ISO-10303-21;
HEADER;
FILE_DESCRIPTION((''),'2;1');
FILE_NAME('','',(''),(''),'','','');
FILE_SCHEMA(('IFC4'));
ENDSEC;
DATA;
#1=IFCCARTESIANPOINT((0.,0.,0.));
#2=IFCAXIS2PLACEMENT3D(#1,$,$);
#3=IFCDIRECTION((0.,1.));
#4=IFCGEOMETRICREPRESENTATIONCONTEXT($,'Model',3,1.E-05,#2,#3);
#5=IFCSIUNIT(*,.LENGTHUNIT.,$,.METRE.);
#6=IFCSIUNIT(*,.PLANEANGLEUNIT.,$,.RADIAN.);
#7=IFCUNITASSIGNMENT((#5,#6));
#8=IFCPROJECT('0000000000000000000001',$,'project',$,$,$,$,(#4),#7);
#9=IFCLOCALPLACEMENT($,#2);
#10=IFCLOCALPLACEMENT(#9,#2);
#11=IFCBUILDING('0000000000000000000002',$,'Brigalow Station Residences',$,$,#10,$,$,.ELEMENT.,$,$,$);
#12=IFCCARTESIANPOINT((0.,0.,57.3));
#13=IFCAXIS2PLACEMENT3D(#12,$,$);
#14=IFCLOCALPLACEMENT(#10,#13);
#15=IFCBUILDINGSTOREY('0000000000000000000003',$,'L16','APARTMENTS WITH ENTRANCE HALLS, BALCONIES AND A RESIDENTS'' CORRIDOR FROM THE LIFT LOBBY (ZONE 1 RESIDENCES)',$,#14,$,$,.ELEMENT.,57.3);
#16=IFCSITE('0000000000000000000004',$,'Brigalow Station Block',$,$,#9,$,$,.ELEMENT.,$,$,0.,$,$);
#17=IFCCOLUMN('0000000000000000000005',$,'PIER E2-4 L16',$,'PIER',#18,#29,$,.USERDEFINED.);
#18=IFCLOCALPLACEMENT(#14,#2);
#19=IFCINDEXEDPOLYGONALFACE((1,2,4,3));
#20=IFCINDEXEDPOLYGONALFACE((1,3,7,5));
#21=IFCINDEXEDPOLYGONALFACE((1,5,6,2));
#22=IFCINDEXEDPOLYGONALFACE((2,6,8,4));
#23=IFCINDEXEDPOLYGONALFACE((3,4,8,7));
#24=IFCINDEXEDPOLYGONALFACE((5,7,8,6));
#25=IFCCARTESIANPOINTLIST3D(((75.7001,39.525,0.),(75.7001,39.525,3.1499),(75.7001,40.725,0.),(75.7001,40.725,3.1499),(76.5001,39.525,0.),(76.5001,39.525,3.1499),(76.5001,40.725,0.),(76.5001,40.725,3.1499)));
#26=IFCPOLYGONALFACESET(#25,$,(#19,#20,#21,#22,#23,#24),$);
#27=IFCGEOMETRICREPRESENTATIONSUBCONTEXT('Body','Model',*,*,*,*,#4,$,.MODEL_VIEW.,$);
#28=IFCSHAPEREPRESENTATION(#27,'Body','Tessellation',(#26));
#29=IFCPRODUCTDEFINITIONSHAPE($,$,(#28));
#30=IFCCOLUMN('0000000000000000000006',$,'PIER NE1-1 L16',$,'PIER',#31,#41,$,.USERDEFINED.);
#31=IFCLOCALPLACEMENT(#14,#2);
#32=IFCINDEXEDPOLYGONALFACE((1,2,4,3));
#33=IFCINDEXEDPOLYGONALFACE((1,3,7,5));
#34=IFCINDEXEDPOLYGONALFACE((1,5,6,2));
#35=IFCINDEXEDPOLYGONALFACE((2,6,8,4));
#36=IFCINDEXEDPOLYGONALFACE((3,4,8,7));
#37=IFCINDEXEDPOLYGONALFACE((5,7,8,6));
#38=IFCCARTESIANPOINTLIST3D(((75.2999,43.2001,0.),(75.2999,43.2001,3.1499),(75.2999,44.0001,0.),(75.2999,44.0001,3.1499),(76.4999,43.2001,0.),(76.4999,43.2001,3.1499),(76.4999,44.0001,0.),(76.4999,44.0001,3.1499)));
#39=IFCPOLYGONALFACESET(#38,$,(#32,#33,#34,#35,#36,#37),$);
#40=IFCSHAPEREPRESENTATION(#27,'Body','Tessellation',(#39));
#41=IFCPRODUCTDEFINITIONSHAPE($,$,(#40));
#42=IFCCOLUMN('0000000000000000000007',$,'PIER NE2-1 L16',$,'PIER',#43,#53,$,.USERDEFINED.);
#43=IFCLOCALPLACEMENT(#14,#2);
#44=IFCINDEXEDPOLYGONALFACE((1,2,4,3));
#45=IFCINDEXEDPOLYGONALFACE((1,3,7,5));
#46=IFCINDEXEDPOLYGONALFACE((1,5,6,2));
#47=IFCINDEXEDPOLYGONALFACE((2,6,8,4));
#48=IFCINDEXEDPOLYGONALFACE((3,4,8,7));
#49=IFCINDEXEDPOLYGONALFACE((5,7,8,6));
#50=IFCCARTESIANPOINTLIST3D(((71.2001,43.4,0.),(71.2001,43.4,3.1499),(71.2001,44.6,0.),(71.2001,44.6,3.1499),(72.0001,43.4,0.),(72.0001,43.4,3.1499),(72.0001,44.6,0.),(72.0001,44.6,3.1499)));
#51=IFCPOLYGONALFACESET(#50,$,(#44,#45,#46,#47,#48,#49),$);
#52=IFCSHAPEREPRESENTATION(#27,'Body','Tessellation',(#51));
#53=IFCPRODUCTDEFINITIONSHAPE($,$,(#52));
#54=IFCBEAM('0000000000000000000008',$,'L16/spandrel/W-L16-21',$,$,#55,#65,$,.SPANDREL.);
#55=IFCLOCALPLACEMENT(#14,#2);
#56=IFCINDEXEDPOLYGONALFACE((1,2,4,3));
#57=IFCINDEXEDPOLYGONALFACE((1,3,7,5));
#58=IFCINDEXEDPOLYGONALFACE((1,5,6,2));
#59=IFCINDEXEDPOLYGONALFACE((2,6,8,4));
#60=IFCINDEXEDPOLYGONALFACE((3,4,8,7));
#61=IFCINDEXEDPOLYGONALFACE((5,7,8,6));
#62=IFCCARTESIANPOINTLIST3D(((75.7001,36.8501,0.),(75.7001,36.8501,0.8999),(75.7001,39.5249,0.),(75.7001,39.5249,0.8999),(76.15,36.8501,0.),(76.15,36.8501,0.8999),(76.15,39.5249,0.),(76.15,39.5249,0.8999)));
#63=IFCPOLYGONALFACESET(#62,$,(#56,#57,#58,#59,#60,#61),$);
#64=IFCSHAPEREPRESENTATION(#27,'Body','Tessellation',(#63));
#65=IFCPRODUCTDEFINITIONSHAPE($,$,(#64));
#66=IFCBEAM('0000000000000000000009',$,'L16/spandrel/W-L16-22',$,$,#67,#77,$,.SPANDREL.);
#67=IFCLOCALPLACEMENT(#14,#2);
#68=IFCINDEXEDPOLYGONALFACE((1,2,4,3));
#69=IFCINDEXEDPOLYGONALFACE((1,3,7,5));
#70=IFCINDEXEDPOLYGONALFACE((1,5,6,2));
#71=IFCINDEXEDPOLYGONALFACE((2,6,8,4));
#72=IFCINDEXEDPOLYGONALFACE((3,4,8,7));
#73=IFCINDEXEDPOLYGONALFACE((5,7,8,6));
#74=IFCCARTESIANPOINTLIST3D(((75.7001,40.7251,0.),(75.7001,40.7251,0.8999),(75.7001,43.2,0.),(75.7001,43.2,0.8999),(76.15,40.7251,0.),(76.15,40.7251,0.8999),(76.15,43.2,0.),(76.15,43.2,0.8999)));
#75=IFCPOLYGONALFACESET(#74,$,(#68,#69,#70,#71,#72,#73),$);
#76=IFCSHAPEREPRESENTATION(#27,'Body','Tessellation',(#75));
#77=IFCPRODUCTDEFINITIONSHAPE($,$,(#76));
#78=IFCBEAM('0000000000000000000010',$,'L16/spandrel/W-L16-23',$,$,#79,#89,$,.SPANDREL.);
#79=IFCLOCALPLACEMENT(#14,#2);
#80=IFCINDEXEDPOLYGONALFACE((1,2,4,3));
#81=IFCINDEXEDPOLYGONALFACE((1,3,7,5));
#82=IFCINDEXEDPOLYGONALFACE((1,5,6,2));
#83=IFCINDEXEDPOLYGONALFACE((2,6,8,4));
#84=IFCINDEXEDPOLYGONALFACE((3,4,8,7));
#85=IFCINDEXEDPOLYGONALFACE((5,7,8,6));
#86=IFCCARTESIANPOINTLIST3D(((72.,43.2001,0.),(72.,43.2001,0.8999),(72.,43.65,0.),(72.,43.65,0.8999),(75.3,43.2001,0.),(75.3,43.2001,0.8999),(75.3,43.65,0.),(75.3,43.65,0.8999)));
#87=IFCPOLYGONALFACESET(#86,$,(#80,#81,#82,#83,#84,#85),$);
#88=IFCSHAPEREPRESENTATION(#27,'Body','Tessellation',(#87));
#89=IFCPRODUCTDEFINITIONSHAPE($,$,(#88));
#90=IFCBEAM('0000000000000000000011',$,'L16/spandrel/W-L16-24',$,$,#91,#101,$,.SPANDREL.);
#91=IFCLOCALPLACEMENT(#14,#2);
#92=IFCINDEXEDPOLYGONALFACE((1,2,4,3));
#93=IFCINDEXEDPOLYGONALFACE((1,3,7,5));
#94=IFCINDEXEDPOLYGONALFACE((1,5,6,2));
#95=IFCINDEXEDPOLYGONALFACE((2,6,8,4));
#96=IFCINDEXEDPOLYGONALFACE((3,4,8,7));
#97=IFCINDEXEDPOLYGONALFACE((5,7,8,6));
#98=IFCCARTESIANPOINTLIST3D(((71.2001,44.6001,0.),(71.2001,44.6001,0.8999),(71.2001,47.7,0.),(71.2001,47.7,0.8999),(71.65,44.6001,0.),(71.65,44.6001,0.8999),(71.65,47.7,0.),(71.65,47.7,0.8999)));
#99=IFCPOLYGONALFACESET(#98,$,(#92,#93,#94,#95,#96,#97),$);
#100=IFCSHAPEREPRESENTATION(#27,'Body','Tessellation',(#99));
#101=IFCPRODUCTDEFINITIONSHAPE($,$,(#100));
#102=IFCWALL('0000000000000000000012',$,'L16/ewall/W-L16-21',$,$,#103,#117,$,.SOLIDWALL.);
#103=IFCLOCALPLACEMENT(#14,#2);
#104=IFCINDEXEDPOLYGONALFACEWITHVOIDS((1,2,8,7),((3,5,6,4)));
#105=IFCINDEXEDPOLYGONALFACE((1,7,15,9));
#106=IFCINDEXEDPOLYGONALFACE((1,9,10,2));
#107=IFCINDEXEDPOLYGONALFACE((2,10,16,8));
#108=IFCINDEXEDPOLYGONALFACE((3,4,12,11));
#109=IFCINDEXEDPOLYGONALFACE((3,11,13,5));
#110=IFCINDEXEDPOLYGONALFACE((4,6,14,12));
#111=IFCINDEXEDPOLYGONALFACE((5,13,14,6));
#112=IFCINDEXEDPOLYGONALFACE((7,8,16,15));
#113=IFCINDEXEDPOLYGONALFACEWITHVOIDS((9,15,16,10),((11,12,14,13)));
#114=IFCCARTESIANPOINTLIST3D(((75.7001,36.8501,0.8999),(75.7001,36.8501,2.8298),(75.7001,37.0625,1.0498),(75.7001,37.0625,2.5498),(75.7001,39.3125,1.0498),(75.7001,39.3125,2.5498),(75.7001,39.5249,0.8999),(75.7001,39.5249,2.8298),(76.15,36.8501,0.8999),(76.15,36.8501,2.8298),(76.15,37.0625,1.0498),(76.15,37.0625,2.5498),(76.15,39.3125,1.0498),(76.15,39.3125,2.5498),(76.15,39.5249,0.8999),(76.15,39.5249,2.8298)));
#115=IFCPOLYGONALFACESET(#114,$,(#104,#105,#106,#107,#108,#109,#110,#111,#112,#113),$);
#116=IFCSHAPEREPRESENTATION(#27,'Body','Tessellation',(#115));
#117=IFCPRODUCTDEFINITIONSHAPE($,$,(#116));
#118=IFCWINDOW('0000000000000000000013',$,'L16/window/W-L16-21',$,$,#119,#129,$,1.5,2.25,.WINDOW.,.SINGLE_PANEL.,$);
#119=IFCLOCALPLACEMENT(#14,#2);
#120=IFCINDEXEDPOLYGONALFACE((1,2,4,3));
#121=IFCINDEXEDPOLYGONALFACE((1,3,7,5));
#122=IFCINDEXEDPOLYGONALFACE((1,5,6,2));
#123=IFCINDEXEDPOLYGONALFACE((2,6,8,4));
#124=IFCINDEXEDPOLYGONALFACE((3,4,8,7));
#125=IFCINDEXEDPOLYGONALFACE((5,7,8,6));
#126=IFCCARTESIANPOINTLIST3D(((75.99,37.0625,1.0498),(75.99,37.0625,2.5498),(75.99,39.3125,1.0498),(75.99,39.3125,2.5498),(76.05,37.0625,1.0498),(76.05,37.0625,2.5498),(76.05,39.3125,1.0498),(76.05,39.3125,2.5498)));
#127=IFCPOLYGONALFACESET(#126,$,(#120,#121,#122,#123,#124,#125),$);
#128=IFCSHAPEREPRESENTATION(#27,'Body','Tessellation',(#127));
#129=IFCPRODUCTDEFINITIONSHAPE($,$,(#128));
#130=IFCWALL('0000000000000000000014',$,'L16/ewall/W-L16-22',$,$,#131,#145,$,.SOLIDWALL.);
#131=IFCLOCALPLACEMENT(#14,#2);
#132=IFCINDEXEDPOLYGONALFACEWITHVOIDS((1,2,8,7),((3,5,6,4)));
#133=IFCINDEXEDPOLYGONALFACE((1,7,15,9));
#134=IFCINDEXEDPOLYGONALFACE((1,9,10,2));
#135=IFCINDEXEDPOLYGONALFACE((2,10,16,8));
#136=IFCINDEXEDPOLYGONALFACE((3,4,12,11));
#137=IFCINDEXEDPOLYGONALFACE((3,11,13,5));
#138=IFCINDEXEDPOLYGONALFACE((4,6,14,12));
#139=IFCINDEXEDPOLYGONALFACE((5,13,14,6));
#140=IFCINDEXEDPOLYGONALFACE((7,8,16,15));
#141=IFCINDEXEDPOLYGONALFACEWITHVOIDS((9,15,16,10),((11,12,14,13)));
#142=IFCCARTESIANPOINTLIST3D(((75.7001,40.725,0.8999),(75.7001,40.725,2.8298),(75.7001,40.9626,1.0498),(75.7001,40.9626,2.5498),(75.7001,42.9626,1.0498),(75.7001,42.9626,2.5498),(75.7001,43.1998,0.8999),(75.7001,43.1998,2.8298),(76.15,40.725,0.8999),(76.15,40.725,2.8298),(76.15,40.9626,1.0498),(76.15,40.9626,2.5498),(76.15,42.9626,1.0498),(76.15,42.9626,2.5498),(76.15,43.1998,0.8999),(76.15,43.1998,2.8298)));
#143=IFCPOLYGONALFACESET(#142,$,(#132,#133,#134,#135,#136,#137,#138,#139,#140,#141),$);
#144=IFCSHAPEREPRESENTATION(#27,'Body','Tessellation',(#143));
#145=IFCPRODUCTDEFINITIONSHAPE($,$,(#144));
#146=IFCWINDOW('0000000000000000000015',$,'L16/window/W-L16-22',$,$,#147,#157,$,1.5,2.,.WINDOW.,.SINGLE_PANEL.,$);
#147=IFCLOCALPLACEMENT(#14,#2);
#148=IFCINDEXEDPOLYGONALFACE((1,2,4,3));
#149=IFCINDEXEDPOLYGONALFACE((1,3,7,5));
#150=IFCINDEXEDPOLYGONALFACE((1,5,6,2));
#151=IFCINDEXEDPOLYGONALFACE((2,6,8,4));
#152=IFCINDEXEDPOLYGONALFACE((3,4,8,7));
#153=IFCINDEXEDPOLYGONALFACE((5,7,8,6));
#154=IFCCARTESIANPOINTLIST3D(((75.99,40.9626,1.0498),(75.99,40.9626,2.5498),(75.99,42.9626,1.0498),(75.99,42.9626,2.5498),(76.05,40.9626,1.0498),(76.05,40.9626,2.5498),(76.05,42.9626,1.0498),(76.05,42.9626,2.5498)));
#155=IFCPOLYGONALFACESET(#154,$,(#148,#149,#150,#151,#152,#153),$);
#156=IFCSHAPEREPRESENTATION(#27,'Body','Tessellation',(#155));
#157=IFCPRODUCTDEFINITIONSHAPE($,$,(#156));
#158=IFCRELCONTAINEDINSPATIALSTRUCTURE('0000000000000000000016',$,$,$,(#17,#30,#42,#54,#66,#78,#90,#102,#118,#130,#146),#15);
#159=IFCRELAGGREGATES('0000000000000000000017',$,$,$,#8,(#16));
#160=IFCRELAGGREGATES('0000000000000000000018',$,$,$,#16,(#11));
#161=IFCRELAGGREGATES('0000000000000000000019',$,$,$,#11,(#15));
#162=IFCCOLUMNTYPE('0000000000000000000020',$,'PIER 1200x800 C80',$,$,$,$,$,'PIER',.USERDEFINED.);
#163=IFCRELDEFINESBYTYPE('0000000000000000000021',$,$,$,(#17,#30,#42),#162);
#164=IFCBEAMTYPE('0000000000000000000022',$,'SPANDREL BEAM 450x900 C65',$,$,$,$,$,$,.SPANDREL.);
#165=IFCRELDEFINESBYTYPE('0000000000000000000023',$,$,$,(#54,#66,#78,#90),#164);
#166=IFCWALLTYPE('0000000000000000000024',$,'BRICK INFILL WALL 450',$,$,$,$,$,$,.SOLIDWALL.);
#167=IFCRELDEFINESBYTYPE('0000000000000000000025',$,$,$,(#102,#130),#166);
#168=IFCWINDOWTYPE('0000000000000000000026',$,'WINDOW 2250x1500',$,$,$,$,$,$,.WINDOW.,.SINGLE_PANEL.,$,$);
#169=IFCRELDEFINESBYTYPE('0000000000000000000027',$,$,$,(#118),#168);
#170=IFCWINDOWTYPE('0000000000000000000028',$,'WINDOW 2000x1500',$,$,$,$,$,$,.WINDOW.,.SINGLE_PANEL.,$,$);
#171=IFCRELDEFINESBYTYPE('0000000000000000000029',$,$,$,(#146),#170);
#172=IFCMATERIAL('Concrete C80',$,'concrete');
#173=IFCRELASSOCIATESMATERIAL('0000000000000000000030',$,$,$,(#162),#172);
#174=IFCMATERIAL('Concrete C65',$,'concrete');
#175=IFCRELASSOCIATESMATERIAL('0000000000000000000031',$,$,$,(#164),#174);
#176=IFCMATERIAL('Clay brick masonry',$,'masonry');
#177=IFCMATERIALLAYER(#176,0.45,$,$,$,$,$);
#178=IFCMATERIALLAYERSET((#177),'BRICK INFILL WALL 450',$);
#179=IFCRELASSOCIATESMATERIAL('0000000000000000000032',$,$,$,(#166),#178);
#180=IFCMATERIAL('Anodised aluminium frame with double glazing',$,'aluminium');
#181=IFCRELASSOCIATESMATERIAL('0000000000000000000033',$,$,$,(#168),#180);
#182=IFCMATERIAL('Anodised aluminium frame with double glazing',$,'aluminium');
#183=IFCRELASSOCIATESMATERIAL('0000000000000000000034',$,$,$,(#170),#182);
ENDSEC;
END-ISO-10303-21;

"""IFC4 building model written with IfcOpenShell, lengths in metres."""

from ifc_helpers import new_model, si_unit, direction, frame, frame_2d, origin, origin_2d, place, context, subcontext, project, spatial, rectangle, extrude, material, layer, layer_set, material_profile, profile_set, type_object, element, fill, save


model = new_model("IFC4")

# Units and contexts
model_context = context("Model", 3, precision=1e-05, world=origin(), true_north=direction((0.0, 1.0)))
body_context = subcontext(model_context, "Body", "Model", "MODEL_VIEW")
ifc_project = project(units=[si_unit("LENGTHUNIT", "METRE"), si_unit("PLANEANGLEUNIT", "RADIAN")], contexts=[model_context])

# Site, building, storey
site_placement = place(None, origin())
site = spatial("IfcSite", under=ifc_project, at=site_placement, Name="Brigalow Station Block", CompositionType="ELEMENT", RefElevation=0.0)
building_placement = place(site_placement, origin())
building = spatial("IfcBuilding", under=site, at=building_placement, Name="Brigalow Station Residences", CompositionType="ELEMENT")
storey_placement = place(building_placement, frame((0.0, 0.0, 57.3)))
storey = spatial("IfcBuildingStorey", under=building, at=storey_placement, Name="L16", Description="APARTMENTS WITH ENTRANCE HALLS, BALCONIES AND A RESIDENTS' CORRIDOR FROM THE LIFT LOBBY (ZONE 1 RESIDENCES)", CompositionType="ELEMENT", Elevation=57.3)

# Columns
ifc_material_1 = material(Name="Concrete C80", Category="concrete")
ifc_material_profile_1 = material_profile(ifc_material_1, rectangle(XDim=1.2, YDim=0.8, at=origin_2d()), Name="RC1200x800")
ifc_profile_set_1 = profile_set([ifc_material_profile_1], Name="Concrete C80")
column_type = type_object("IfcColumnType", Name="PIER 1200x800 C80", ElementType="PIER", PredefinedType="USERDEFINED", material=ifc_profile_set_1)
for number, where, z_axis, x_axis, name in (
    (1, (76.1001, 40.125, 0.0), (0.0, 0.0, 1.0), (0.0, 1.0, 0.0), "PIER E2-4 L16"),
    (2, (75.8999, 43.6001, 0.0), (0.0, 0.0, 1.0), (-1.0, 0.0, 0.0), "PIER NE1-1 L16"),
    (3, (71.6001, 44.0, 0.0), (0.0, 0.0, 1.0), (0.0, 1.0, 0.0), "PIER NE2-1 L16"),
):
    element("IfcColumn", number, at=place(storey_placement, frame(where, z_axis=z_axis, x_axis=x_axis)), inside=storey, type_object=column_type, Name=name, ObjectType="PIER", PredefinedType="USERDEFINED", context=body_context, shape_type="SweptSolid", body=[
        extrude(rectangle(XDim=1.2, YDim=0.8, at=origin_2d()), origin(), (0.0, 0.0, 1.0), 3.1499),
    ])

# Beams
ifc_material_2 = material(Name="Concrete C65", Category="concrete")
ifc_material_profile_2 = material_profile(ifc_material_2, rectangle(XDim=0.45, YDim=0.8999, at=origin_2d()), Name="RC450x900")
ifc_profile_set_2 = profile_set([ifc_material_profile_2], Name="Concrete C65")
beam_type = type_object("IfcBeamType", Name="SPANDREL BEAM 450x900 C65", PredefinedType="SPANDREL", material=ifc_profile_set_2)
beam_1_placement = place(storey_placement, frame((75.925, 36.8501, 0.45), z_axis=(0.0, 1.0, 0.0), x_axis=(-1.0, 0.0, 0.0)))
element("IfcBeam", 4, at=beam_1_placement, inside=storey, type_object=beam_type, Name="L16/spandrel/W-L16-21", PredefinedType="SPANDREL", context=body_context, shape_type="SweptSolid", body=[
    extrude(rectangle(XDim=0.45, YDim=0.8999, at=origin_2d()), origin(), (0.0, 0.0, 1.0), 2.6748),
])
beam_2_placement = place(storey_placement, frame((75.925, 40.7251, 0.45), z_axis=(0.0, 1.0, 0.0), x_axis=(-1.0, 0.0, 0.0)))
element("IfcBeam", 5, at=beam_2_placement, inside=storey, type_object=beam_type, Name="L16/spandrel/W-L16-22", PredefinedType="SPANDREL", context=body_context, shape_type="SweptSolid", body=[
    extrude(rectangle(XDim=0.45, YDim=0.8999, at=origin_2d()), origin(), (0.0, 0.0, 1.0), 2.4749),
])
beam_3_placement = place(storey_placement, frame((75.3, 43.425, 0.45), z_axis=(-1.0, 0.0, 0.0), x_axis=(0.0, -1.0, 0.0)))
element("IfcBeam", 6, at=beam_3_placement, inside=storey, type_object=beam_type, Name="L16/spandrel/W-L16-23", PredefinedType="SPANDREL", context=body_context, shape_type="SweptSolid", body=[
    extrude(rectangle(XDim=0.45, YDim=0.8999, at=origin_2d()), origin(), (0.0, 0.0, 1.0), 3.3),
])
beam_4_placement = place(storey_placement, frame((71.425, 44.6001, 0.45), z_axis=(0.0, 1.0, 0.0), x_axis=(-1.0, 0.0, 0.0)))
element("IfcBeam", 7, at=beam_4_placement, inside=storey, type_object=beam_type, Name="L16/spandrel/W-L16-24", PredefinedType="SPANDREL", context=body_context, shape_type="SweptSolid", body=[
    extrude(rectangle(XDim=0.45, YDim=0.8999, at=origin_2d()), origin(), (0.0, 0.0, 1.0), 3.0999),
])

# Walls, openings, windows
ifc_material_3 = material(Name="Clay brick masonry", Category="masonry")
ifc_layer_1 = layer(ifc_material_3, 0.45)
ifc_layer_set_1 = layer_set([ifc_layer_1], Name="BRICK INFILL WALL 450")
wall_type_1 = type_object("IfcWallType", Name="BRICK INFILL WALL 450", PredefinedType="SOLIDWALL", material=ifc_layer_set_1)
wall_1_placement = place(storey_placement, frame((75.925, 36.8501, 0.8999), z_axis=(0.0, 0.0, 1.0), x_axis=(0.0, 1.0, 0.0)))
wall_1 = element("IfcWall", 8, at=wall_1_placement, inside=storey, type_object=wall_type_1, Name="L16/ewall/W-L16-21", PredefinedType="SOLIDWALL", context=body_context, shape_type="SweptSolid", body=[
    extrude(rectangle(XDim=2.6748, YDim=0.45, at=frame_2d((1.3374, 0.0))), origin(), (0.0, 0.0, 1.0), 1.9299),
])
opening_1_placement = place(wall_1_placement, frame((0.2124, 0.0, 0.1499)))
opening_1 = element("IfcOpeningElement", 9, at=opening_1_placement, cuts=wall_1, PredefinedType="OPENING", context=body_context, shape_type="SweptSolid", body=[
    extrude(rectangle(XDim=2.25, YDim=1.5, at=frame_2d((1.125, 0.75))), frame((0.0, 0.2349, 0.0), z_axis=(0.0, -1.0, 0.0), x_axis=(1.0, 0.0, 0.0)), (0.0, 0.0, 1.0), 0.47),
])
ifc_material_4 = material(Name="Anodised aluminium frame with double glazing", Category="aluminium")
window_type_1 = type_object("IfcWindowType", Name="WINDOW 2250x1500", PartitioningType="SINGLE_PANEL", PredefinedType="WINDOW", material=ifc_material_4)
window_1_placement = place(opening_1_placement, origin())
window_1 = element("IfcWindow", 10, at=window_1_placement, inside=storey, type_object=window_type_1, Name="L16/window/W-L16-21", OverallHeight=1.5, OverallWidth=2.25, PartitioningType="SINGLE_PANEL", PredefinedType="WINDOW", context=body_context, shape_type="SweptSolid", body=[
    extrude(rectangle(XDim=2.25, YDim=1.5, at=frame_2d((1.125, 0.75))), frame((0.0, -0.0649, 0.0), z_axis=(0.0, -1.0, 0.0), x_axis=(1.0, 0.0, 0.0)), (0.0, 0.0, 1.0), 0.0601),
])
fill(opening_1, window_1)
wall_2_placement = place(storey_placement, frame((75.925, 40.7251, 0.8999), z_axis=(0.0, 0.0, 1.0), x_axis=(0.0, 1.0, 0.0)))
wall_2 = element("IfcWall", 11, at=wall_2_placement, inside=storey, type_object=wall_type_1, Name="L16/ewall/W-L16-22", PredefinedType="SOLIDWALL", context=body_context, shape_type="SweptSolid", body=[
    extrude(rectangle(XDim=2.4749, YDim=0.45, at=frame_2d((1.2373, 0.0))), origin(), (0.0, 0.0, 1.0), 1.9299),
])
opening_2_placement = place(wall_2_placement, frame((0.2375, 0.0, 0.1499)))
opening_2 = element("IfcOpeningElement", 12, at=opening_2_placement, cuts=wall_2, PredefinedType="OPENING", context=body_context, shape_type="SweptSolid", body=[
    extrude(rectangle(XDim=2.0, YDim=1.5, at=frame_2d((1.0, 0.75))), frame((0.0, 0.2349, 0.0), z_axis=(0.0, -1.0, 0.0), x_axis=(1.0, 0.0, 0.0)), (0.0, 0.0, 1.0), 0.47),
])
ifc_material_5 = material(Name="Anodised aluminium frame with double glazing", Category="aluminium")
window_type_2 = type_object("IfcWindowType", Name="WINDOW 2000x1500", PartitioningType="SINGLE_PANEL", PredefinedType="WINDOW", material=ifc_material_5)
window_2_placement = place(opening_2_placement, origin())
window_2 = element("IfcWindow", 13, at=window_2_placement, inside=storey, type_object=window_type_2, Name="L16/window/W-L16-22", OverallHeight=1.5, OverallWidth=2.0, PartitioningType="SINGLE_PANEL", PredefinedType="WINDOW", context=body_context, shape_type="SweptSolid", body=[
    extrude(rectangle(XDim=2.0, YDim=1.5, at=frame_2d((1.0, 0.75))), frame((0.0, -0.0649, 0.0), z_axis=(0.0, -1.0, 0.0), x_axis=(1.0, 0.0, 0.0)), (0.0, 0.0, 1.0), 0.0601),
])
fill(opening_2, window_2)

save(model, "model.ifc")
